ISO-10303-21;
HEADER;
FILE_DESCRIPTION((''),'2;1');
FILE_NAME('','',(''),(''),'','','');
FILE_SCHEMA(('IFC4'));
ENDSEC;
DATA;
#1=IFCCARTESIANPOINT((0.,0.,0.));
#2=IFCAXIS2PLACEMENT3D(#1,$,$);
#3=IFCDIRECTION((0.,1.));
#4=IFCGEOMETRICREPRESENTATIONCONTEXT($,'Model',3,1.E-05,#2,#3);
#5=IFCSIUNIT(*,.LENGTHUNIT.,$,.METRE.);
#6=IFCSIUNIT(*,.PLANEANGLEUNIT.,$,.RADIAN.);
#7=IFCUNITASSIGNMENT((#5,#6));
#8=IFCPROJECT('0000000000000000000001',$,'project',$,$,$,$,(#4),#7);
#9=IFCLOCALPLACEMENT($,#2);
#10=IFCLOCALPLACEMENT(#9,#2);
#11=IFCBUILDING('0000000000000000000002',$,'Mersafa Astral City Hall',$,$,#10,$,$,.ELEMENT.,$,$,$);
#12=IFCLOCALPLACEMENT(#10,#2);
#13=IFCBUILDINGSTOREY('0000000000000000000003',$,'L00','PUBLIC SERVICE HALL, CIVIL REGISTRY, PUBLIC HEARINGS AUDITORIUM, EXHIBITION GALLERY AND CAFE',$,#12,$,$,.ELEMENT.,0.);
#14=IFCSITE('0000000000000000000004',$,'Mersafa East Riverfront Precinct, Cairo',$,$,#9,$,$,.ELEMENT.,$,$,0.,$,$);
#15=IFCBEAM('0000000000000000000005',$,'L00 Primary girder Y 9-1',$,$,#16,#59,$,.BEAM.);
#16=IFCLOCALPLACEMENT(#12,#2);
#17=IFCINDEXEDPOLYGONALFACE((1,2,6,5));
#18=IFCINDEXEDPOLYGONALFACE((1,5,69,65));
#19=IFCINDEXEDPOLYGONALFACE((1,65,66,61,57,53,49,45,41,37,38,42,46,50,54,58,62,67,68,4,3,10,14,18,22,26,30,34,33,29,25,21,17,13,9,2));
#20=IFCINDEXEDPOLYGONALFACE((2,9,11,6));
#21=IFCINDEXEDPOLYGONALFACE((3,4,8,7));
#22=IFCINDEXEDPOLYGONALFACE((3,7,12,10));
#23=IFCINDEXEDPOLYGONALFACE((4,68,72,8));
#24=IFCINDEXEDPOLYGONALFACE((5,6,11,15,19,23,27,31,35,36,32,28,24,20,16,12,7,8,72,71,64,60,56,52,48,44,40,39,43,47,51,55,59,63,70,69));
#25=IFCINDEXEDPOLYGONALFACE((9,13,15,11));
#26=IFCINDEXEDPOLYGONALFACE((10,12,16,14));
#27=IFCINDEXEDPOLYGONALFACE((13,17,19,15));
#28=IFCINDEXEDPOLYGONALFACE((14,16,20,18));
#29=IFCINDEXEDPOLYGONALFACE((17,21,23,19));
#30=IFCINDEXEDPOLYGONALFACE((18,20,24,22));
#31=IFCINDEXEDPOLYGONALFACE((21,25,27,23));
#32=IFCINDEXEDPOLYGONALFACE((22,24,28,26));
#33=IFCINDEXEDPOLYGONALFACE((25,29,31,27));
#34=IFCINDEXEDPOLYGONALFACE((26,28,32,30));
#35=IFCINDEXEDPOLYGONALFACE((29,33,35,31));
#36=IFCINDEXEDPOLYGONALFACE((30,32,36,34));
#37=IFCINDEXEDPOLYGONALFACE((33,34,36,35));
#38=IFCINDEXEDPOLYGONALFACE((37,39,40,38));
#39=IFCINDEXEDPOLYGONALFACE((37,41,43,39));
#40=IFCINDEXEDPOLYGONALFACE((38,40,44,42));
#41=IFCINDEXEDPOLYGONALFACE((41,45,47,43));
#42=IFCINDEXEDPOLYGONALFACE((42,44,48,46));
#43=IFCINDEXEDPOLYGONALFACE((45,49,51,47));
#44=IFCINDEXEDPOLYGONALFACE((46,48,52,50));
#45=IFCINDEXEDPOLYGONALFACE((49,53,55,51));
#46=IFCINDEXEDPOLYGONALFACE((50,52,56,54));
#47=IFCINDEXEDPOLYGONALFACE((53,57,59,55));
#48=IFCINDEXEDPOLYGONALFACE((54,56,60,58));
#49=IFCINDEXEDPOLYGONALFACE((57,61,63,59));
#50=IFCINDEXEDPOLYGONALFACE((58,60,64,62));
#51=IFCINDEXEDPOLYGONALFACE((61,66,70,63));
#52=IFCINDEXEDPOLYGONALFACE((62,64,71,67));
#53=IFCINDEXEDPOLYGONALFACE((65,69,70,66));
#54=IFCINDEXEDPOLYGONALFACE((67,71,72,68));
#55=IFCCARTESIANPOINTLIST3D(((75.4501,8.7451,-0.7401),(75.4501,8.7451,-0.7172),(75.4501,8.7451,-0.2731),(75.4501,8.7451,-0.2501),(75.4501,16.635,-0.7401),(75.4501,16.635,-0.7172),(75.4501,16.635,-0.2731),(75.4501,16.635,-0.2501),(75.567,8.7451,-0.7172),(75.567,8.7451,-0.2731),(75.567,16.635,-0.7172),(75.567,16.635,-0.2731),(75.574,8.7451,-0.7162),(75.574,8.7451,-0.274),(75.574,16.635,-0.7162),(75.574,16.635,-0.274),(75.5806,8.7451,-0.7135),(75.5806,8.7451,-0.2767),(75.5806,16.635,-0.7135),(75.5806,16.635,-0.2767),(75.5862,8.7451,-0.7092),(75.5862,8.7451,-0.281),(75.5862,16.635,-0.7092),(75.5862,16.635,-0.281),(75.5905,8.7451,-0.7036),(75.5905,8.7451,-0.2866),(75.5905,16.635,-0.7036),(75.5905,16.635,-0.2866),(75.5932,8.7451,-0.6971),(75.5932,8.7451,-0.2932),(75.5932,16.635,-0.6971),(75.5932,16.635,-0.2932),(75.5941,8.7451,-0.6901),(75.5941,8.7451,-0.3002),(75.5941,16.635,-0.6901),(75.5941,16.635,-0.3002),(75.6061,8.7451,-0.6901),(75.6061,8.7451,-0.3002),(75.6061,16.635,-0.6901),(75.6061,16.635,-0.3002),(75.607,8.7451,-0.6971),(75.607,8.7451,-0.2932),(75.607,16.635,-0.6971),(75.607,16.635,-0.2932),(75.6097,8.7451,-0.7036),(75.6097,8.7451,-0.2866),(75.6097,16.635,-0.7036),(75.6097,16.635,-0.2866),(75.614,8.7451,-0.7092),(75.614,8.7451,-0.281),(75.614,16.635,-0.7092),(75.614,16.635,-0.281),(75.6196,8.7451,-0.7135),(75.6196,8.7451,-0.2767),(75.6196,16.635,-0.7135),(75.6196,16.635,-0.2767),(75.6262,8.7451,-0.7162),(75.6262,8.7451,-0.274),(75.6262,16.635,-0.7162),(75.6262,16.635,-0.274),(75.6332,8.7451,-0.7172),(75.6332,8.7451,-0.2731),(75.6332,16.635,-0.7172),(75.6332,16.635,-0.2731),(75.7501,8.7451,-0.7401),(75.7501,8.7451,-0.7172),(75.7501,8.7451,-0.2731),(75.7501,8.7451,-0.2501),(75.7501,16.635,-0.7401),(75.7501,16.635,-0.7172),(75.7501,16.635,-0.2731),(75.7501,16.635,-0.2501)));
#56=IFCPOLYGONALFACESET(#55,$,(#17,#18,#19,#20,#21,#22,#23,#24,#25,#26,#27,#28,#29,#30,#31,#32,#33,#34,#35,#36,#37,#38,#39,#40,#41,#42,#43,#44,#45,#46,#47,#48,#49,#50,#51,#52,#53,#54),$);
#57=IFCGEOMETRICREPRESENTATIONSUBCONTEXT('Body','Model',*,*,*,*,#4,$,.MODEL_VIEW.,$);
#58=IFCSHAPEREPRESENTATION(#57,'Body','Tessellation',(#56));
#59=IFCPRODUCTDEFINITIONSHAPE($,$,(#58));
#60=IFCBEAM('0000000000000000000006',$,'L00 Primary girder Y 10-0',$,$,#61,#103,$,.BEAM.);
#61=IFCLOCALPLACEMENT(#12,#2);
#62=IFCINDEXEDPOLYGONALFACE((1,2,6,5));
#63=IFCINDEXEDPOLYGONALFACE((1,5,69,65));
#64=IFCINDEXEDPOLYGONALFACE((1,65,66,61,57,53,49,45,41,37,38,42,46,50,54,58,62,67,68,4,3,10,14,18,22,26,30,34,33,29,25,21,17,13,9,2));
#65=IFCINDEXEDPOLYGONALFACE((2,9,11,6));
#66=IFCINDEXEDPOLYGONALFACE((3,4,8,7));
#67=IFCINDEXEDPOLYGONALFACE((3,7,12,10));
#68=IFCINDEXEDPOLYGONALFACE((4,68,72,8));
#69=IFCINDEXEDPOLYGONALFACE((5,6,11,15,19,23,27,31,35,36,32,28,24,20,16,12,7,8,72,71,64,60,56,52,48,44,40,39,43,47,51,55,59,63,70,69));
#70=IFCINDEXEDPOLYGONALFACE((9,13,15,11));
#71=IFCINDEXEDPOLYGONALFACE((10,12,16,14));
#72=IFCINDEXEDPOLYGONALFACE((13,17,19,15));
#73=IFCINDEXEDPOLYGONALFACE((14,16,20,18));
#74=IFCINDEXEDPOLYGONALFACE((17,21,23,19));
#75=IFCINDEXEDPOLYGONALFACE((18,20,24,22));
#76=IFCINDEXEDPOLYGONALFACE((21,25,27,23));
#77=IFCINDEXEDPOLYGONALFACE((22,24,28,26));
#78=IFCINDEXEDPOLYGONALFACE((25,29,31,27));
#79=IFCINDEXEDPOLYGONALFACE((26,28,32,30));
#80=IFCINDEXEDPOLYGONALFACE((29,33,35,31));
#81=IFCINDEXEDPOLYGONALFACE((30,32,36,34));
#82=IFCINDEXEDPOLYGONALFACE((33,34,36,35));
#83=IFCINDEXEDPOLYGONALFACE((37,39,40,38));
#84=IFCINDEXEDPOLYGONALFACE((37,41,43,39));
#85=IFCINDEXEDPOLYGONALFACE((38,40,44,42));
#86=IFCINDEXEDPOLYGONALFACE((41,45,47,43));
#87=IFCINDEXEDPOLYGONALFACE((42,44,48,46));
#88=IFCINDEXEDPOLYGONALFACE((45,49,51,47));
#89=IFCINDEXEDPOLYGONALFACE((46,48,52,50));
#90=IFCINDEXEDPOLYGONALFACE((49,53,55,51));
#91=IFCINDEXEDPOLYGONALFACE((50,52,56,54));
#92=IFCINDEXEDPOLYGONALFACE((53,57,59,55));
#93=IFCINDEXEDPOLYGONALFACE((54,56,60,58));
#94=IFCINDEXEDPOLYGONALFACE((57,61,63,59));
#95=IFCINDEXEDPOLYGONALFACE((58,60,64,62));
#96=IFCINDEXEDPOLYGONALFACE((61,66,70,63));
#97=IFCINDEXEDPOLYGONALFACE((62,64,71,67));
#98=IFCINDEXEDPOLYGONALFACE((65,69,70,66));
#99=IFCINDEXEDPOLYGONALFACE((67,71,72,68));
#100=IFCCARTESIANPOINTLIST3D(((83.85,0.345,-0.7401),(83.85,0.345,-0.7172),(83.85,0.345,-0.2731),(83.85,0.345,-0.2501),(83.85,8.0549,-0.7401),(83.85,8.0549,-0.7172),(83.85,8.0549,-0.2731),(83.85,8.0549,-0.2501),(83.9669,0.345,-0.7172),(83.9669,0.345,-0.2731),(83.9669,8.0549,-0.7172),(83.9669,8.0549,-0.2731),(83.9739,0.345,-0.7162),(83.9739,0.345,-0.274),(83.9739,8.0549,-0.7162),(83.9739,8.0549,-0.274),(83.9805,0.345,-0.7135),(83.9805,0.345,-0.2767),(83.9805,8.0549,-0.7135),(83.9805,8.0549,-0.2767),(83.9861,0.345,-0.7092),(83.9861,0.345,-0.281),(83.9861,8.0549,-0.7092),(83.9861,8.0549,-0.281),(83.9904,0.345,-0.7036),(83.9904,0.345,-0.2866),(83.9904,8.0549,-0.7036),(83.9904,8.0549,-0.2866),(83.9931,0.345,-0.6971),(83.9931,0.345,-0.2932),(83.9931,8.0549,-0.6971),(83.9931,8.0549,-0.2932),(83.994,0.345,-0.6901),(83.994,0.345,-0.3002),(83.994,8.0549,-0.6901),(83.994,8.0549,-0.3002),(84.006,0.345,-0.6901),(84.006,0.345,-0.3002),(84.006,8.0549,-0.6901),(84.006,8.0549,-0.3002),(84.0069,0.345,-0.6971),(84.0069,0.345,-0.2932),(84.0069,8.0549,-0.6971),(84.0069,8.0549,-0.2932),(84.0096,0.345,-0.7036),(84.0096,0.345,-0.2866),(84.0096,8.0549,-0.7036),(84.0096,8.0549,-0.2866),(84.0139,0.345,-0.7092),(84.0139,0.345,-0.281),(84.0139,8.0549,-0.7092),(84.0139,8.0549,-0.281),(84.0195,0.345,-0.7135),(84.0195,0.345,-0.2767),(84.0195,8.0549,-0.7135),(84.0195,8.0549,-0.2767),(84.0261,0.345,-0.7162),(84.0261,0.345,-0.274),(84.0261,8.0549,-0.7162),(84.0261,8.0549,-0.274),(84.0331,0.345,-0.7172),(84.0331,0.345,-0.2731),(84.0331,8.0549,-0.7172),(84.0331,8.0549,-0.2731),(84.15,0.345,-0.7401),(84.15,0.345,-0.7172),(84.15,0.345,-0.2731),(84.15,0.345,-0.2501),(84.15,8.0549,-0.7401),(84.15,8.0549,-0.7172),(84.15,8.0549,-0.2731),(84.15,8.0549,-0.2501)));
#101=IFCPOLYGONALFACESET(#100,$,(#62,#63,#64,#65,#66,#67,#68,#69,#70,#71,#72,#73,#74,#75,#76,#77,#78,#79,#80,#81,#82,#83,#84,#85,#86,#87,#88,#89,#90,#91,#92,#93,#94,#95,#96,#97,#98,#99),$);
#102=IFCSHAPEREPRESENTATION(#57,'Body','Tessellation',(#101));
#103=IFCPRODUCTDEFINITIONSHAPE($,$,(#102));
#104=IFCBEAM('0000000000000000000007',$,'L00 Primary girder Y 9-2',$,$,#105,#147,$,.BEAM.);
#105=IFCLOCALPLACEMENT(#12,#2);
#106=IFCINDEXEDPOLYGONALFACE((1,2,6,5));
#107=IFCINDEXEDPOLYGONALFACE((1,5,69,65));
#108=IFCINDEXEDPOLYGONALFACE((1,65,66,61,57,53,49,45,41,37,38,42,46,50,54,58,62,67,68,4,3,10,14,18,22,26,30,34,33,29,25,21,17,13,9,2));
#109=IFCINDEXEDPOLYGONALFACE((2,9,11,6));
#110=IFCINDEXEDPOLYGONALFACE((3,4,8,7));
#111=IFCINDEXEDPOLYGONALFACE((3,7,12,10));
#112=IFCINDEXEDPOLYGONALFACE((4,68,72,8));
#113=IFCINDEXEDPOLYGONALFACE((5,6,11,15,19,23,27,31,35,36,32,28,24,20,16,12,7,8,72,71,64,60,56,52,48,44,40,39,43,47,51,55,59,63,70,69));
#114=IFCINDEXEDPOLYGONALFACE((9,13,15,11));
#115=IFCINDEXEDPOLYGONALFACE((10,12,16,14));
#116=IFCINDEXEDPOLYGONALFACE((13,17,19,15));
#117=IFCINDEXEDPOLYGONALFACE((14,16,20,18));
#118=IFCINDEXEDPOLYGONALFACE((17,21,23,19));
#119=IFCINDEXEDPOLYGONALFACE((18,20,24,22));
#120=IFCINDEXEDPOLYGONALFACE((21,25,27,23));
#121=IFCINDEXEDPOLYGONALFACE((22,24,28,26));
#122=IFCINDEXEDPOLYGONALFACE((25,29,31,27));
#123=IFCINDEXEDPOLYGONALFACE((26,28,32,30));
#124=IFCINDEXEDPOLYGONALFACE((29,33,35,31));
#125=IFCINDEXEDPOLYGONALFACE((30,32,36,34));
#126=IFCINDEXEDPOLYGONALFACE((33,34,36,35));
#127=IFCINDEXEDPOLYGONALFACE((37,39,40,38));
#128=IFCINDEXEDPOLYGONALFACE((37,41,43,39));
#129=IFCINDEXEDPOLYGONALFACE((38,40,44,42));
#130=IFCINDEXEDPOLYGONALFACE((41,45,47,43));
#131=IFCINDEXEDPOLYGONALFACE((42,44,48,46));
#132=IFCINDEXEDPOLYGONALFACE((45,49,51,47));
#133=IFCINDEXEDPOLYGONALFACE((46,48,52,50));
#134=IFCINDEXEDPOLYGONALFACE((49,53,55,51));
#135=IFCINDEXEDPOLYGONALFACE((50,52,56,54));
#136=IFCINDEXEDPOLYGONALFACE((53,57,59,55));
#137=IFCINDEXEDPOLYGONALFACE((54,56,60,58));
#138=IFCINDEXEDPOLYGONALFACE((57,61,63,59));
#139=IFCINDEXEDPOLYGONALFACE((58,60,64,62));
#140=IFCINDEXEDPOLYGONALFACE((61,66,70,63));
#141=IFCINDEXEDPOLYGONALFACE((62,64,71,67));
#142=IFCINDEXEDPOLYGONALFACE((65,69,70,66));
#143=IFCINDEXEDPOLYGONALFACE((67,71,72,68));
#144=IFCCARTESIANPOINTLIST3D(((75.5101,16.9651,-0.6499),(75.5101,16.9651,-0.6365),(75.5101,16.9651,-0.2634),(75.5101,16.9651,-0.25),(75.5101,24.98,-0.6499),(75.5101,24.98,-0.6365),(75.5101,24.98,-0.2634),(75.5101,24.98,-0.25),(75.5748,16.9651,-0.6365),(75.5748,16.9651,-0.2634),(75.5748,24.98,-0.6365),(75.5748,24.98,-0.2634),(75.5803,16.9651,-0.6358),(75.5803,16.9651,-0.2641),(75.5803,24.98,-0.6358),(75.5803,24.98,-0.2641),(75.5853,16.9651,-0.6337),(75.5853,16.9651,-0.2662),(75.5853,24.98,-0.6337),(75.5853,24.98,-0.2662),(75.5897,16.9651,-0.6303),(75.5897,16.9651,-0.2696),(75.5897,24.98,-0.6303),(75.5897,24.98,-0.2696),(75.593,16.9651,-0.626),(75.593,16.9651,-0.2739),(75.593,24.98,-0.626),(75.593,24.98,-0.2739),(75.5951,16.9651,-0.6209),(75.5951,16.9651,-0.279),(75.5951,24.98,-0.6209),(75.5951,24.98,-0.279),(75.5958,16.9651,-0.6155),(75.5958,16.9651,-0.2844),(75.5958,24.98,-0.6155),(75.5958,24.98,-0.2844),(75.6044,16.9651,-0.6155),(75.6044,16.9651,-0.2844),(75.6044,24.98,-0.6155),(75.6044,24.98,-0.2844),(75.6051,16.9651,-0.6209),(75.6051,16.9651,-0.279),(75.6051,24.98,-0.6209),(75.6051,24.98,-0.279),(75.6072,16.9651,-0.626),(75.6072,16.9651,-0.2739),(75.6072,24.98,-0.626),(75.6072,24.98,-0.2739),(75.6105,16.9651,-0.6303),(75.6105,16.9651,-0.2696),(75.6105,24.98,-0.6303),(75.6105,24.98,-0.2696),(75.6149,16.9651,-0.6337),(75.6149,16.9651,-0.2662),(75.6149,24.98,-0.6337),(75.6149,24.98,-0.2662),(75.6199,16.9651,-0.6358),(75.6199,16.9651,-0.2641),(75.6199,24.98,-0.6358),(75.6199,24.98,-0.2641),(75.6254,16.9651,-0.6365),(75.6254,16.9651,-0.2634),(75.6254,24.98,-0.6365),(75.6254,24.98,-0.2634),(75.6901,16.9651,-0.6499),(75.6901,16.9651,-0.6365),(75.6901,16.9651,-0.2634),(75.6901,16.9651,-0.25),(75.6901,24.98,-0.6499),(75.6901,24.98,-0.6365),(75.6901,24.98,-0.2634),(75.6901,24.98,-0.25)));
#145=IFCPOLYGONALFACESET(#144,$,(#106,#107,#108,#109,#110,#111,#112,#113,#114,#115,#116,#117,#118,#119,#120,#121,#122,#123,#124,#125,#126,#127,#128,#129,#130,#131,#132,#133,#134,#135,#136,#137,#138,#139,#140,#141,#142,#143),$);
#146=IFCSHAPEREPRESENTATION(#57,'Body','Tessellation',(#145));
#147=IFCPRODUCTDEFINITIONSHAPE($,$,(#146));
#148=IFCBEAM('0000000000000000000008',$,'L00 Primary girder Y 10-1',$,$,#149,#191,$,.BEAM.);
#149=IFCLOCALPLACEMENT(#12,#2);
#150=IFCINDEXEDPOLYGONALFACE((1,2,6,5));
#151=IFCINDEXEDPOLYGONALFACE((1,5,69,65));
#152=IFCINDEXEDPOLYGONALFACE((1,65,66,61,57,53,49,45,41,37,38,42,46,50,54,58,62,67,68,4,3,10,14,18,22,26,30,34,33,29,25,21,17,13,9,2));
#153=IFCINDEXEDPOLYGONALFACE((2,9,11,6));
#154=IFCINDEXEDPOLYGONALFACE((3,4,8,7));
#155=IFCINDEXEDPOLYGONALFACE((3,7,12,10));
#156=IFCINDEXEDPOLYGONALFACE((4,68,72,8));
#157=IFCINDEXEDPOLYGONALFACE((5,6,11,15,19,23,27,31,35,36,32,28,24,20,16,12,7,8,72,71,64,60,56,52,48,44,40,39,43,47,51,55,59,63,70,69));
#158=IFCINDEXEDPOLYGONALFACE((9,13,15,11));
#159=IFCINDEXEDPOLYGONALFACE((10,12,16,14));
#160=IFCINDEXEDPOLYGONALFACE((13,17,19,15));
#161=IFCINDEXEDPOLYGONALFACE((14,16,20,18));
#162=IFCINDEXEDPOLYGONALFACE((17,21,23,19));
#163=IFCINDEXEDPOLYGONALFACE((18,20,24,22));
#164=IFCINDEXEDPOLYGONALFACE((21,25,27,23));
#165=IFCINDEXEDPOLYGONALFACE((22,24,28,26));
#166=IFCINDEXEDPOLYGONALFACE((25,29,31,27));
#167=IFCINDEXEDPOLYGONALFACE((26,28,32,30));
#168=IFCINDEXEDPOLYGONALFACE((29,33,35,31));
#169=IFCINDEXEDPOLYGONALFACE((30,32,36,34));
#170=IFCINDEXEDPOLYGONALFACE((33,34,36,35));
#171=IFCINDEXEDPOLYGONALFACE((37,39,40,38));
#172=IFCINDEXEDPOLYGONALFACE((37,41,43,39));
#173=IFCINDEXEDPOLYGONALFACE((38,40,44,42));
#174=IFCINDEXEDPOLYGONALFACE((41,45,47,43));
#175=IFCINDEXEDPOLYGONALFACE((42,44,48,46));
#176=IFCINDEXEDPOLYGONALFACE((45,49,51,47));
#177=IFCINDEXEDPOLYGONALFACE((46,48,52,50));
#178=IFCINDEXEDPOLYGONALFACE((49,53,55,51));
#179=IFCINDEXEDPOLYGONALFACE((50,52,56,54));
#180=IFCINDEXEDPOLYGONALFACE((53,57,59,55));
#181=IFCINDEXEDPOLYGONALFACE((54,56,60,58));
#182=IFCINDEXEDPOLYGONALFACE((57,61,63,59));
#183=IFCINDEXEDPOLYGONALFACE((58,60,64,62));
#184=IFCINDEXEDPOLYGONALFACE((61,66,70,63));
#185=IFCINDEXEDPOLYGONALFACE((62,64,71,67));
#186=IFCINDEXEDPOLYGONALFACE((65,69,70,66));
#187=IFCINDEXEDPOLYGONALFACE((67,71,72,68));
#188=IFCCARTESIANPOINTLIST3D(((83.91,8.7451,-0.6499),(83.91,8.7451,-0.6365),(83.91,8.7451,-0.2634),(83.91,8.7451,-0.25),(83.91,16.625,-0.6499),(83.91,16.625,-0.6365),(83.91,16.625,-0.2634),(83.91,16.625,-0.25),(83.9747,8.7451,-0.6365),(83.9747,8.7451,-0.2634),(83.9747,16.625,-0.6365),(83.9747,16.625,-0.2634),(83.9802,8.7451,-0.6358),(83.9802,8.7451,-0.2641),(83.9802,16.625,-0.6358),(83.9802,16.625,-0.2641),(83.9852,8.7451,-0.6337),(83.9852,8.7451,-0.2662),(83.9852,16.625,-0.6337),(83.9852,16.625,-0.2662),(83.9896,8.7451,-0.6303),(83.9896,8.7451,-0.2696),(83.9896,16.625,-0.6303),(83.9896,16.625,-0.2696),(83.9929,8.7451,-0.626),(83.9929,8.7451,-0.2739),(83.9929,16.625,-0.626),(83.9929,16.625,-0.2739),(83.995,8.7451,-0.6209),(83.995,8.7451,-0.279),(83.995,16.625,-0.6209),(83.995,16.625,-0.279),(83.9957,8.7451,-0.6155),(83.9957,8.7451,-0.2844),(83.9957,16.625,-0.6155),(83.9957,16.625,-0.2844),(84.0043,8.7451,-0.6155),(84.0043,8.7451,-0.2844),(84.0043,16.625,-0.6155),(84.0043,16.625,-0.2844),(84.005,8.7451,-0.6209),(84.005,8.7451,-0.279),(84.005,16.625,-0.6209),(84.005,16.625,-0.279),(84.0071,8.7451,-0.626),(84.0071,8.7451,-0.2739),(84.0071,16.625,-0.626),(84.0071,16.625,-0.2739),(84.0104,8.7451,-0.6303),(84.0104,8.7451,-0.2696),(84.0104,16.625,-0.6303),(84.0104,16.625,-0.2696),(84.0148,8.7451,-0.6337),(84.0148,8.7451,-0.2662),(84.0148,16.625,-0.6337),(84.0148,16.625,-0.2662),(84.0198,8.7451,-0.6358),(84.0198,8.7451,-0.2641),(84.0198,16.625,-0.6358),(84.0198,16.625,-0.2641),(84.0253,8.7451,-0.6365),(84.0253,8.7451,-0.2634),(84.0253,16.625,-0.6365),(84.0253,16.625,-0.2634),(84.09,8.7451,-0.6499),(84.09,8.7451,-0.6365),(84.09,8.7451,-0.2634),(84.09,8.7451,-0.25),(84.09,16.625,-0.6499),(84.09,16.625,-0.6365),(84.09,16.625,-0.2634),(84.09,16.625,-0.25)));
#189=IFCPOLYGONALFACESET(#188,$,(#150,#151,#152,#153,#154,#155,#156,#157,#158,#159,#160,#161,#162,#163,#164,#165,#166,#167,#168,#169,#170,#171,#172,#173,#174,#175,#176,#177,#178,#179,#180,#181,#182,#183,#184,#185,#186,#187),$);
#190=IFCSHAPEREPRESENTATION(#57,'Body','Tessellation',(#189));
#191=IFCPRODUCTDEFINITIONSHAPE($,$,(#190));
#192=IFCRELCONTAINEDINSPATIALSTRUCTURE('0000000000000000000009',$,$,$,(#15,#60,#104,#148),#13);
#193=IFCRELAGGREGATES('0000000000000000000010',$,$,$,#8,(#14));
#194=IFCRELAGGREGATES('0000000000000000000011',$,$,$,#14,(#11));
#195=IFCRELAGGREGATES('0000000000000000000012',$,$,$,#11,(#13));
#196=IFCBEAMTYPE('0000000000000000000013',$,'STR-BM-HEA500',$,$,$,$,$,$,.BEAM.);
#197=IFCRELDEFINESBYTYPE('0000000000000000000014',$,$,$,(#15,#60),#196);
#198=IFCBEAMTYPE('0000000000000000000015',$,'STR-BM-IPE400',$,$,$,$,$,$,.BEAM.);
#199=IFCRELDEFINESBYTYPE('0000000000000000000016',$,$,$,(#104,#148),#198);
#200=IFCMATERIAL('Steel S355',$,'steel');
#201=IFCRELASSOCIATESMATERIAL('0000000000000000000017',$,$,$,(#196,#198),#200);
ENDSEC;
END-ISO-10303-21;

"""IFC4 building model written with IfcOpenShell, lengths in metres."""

from ifc_helpers import new_model, si_unit, direction, frame, origin, origin_2d, place, context, subcontext, project, spatial, i_section, extrude, material, material_profile, profile_set, type_object, element, save


model = new_model("IFC4")

# Units and contexts
model_context = context("Model", 3, precision=1e-05, world=origin(), true_north=direction((0.0, 1.0)))
body_context = subcontext(model_context, "Body", "Model", "MODEL_VIEW")
ifc_project = project(units=[si_unit("LENGTHUNIT", "METRE"), si_unit("PLANEANGLEUNIT", "RADIAN")], contexts=[model_context])

# Site, building, storey
site_placement = place(None, origin())
site = spatial("IfcSite", under=ifc_project, at=site_placement, Name="Mersafa East Riverfront Precinct, Cairo", CompositionType="ELEMENT", RefElevation=0.0)
building_placement = place(site_placement, origin())
building = spatial("IfcBuilding", under=site, at=building_placement, Name="Mersafa Astral City Hall", CompositionType="ELEMENT")
storey_placement = place(building_placement, origin())
storey = spatial("IfcBuildingStorey", under=building, at=storey_placement, Name="L00", Description="PUBLIC SERVICE HALL, CIVIL REGISTRY, PUBLIC HEARINGS AUDITORIUM, EXHIBITION GALLERY AND CAFE", CompositionType="ELEMENT", Elevation=0.0)

# Shared definitions
ifc_material_1 = material(Name="Steel S355", Category="steel")

# Beams
ifc_material_profile_1 = material_profile(ifc_material_1, i_section(OverallWidth=0.3, OverallDepth=0.49, WebThickness=0.012, FlangeThickness=0.0229, FilletRadius=0.0271, at=origin_2d()), Name="HEA 500")
ifc_profile_set_1 = profile_set([ifc_material_profile_1], Name="Steel S355")
beam_type_1 = type_object("IfcBeamType", Name="STR-BM-HEA500", PredefinedType="BEAM", material=ifc_profile_set_1)
beam_1_placement = place(storey_placement, frame((75.6001, 8.7451, -0.4951), z_axis=(0.0, 1.0, 0.0), x_axis=(-1.0, 0.0, 0.0)))
element("IfcBeam", 1, at=beam_1_placement, inside=storey, type_object=beam_type_1, Name="L00 Primary girder Y 9-1", PredefinedType="BEAM", context=body_context, shape_type="SweptSolid", body=[
    extrude(i_section(OverallWidth=0.3, OverallDepth=0.49, WebThickness=0.012, FlangeThickness=0.0229, FilletRadius=0.0271, at=origin_2d()), origin(), (0.0, 0.0, 1.0), 7.8899),
])
beam_2_placement = place(storey_placement, frame((84.0, 0.345, -0.4951), z_axis=(0.0, 1.0, 0.0), x_axis=(-1.0, 0.0, 0.0)))
element("IfcBeam", 2, at=beam_2_placement, inside=storey, type_object=beam_type_1, Name="L00 Primary girder Y 10-0", PredefinedType="BEAM", context=body_context, shape_type="SweptSolid", body=[
    extrude(i_section(OverallWidth=0.3, OverallDepth=0.49, WebThickness=0.012, FlangeThickness=0.0229, FilletRadius=0.0271, at=origin_2d()), origin(), (0.0, 0.0, 1.0), 7.71),
])
ifc_material_profile_2 = material_profile(ifc_material_1, i_section(OverallWidth=0.1799, OverallDepth=0.3999, WebThickness=0.0085, FlangeThickness=0.0134, FilletRadius=0.021, at=origin_2d()), Name="IPE 400")
ifc_profile_set_2 = profile_set([ifc_material_profile_2], Name="Steel S355")
beam_type_2 = type_object("IfcBeamType", Name="STR-BM-IPE400", PredefinedType="BEAM", material=ifc_profile_set_2)
beam_3_placement = place(storey_placement, frame((75.6001, 16.9651, -0.45), z_axis=(0.0, 1.0, 0.0), x_axis=(-1.0, 0.0, 0.0)))
element("IfcBeam", 3, at=beam_3_placement, inside=storey, type_object=beam_type_2, Name="L00 Primary girder Y 9-2", PredefinedType="BEAM", context=body_context, shape_type="SweptSolid", body=[
    extrude(i_section(OverallWidth=0.1799, OverallDepth=0.3999, WebThickness=0.0085, FlangeThickness=0.0134, FilletRadius=0.021, at=origin_2d()), origin(), (0.0, 0.0, 1.0), 8.0149),
])
beam_4_placement = place(storey_placement, frame((84.0, 8.7451, -0.45), z_axis=(0.0, 1.0, 0.0), x_axis=(-1.0, 0.0, 0.0)))
element("IfcBeam", 4, at=beam_4_placement, inside=storey, type_object=beam_type_2, Name="L00 Primary girder Y 10-1", PredefinedType="BEAM", context=body_context, shape_type="SweptSolid", body=[
    extrude(i_section(OverallWidth=0.1799, OverallDepth=0.3999, WebThickness=0.0085, FlangeThickness=0.0134, FilletRadius=0.021, at=origin_2d()), origin(), (0.0, 0.0, 1.0), 7.8799),
])

save(model, "model.ifc")
